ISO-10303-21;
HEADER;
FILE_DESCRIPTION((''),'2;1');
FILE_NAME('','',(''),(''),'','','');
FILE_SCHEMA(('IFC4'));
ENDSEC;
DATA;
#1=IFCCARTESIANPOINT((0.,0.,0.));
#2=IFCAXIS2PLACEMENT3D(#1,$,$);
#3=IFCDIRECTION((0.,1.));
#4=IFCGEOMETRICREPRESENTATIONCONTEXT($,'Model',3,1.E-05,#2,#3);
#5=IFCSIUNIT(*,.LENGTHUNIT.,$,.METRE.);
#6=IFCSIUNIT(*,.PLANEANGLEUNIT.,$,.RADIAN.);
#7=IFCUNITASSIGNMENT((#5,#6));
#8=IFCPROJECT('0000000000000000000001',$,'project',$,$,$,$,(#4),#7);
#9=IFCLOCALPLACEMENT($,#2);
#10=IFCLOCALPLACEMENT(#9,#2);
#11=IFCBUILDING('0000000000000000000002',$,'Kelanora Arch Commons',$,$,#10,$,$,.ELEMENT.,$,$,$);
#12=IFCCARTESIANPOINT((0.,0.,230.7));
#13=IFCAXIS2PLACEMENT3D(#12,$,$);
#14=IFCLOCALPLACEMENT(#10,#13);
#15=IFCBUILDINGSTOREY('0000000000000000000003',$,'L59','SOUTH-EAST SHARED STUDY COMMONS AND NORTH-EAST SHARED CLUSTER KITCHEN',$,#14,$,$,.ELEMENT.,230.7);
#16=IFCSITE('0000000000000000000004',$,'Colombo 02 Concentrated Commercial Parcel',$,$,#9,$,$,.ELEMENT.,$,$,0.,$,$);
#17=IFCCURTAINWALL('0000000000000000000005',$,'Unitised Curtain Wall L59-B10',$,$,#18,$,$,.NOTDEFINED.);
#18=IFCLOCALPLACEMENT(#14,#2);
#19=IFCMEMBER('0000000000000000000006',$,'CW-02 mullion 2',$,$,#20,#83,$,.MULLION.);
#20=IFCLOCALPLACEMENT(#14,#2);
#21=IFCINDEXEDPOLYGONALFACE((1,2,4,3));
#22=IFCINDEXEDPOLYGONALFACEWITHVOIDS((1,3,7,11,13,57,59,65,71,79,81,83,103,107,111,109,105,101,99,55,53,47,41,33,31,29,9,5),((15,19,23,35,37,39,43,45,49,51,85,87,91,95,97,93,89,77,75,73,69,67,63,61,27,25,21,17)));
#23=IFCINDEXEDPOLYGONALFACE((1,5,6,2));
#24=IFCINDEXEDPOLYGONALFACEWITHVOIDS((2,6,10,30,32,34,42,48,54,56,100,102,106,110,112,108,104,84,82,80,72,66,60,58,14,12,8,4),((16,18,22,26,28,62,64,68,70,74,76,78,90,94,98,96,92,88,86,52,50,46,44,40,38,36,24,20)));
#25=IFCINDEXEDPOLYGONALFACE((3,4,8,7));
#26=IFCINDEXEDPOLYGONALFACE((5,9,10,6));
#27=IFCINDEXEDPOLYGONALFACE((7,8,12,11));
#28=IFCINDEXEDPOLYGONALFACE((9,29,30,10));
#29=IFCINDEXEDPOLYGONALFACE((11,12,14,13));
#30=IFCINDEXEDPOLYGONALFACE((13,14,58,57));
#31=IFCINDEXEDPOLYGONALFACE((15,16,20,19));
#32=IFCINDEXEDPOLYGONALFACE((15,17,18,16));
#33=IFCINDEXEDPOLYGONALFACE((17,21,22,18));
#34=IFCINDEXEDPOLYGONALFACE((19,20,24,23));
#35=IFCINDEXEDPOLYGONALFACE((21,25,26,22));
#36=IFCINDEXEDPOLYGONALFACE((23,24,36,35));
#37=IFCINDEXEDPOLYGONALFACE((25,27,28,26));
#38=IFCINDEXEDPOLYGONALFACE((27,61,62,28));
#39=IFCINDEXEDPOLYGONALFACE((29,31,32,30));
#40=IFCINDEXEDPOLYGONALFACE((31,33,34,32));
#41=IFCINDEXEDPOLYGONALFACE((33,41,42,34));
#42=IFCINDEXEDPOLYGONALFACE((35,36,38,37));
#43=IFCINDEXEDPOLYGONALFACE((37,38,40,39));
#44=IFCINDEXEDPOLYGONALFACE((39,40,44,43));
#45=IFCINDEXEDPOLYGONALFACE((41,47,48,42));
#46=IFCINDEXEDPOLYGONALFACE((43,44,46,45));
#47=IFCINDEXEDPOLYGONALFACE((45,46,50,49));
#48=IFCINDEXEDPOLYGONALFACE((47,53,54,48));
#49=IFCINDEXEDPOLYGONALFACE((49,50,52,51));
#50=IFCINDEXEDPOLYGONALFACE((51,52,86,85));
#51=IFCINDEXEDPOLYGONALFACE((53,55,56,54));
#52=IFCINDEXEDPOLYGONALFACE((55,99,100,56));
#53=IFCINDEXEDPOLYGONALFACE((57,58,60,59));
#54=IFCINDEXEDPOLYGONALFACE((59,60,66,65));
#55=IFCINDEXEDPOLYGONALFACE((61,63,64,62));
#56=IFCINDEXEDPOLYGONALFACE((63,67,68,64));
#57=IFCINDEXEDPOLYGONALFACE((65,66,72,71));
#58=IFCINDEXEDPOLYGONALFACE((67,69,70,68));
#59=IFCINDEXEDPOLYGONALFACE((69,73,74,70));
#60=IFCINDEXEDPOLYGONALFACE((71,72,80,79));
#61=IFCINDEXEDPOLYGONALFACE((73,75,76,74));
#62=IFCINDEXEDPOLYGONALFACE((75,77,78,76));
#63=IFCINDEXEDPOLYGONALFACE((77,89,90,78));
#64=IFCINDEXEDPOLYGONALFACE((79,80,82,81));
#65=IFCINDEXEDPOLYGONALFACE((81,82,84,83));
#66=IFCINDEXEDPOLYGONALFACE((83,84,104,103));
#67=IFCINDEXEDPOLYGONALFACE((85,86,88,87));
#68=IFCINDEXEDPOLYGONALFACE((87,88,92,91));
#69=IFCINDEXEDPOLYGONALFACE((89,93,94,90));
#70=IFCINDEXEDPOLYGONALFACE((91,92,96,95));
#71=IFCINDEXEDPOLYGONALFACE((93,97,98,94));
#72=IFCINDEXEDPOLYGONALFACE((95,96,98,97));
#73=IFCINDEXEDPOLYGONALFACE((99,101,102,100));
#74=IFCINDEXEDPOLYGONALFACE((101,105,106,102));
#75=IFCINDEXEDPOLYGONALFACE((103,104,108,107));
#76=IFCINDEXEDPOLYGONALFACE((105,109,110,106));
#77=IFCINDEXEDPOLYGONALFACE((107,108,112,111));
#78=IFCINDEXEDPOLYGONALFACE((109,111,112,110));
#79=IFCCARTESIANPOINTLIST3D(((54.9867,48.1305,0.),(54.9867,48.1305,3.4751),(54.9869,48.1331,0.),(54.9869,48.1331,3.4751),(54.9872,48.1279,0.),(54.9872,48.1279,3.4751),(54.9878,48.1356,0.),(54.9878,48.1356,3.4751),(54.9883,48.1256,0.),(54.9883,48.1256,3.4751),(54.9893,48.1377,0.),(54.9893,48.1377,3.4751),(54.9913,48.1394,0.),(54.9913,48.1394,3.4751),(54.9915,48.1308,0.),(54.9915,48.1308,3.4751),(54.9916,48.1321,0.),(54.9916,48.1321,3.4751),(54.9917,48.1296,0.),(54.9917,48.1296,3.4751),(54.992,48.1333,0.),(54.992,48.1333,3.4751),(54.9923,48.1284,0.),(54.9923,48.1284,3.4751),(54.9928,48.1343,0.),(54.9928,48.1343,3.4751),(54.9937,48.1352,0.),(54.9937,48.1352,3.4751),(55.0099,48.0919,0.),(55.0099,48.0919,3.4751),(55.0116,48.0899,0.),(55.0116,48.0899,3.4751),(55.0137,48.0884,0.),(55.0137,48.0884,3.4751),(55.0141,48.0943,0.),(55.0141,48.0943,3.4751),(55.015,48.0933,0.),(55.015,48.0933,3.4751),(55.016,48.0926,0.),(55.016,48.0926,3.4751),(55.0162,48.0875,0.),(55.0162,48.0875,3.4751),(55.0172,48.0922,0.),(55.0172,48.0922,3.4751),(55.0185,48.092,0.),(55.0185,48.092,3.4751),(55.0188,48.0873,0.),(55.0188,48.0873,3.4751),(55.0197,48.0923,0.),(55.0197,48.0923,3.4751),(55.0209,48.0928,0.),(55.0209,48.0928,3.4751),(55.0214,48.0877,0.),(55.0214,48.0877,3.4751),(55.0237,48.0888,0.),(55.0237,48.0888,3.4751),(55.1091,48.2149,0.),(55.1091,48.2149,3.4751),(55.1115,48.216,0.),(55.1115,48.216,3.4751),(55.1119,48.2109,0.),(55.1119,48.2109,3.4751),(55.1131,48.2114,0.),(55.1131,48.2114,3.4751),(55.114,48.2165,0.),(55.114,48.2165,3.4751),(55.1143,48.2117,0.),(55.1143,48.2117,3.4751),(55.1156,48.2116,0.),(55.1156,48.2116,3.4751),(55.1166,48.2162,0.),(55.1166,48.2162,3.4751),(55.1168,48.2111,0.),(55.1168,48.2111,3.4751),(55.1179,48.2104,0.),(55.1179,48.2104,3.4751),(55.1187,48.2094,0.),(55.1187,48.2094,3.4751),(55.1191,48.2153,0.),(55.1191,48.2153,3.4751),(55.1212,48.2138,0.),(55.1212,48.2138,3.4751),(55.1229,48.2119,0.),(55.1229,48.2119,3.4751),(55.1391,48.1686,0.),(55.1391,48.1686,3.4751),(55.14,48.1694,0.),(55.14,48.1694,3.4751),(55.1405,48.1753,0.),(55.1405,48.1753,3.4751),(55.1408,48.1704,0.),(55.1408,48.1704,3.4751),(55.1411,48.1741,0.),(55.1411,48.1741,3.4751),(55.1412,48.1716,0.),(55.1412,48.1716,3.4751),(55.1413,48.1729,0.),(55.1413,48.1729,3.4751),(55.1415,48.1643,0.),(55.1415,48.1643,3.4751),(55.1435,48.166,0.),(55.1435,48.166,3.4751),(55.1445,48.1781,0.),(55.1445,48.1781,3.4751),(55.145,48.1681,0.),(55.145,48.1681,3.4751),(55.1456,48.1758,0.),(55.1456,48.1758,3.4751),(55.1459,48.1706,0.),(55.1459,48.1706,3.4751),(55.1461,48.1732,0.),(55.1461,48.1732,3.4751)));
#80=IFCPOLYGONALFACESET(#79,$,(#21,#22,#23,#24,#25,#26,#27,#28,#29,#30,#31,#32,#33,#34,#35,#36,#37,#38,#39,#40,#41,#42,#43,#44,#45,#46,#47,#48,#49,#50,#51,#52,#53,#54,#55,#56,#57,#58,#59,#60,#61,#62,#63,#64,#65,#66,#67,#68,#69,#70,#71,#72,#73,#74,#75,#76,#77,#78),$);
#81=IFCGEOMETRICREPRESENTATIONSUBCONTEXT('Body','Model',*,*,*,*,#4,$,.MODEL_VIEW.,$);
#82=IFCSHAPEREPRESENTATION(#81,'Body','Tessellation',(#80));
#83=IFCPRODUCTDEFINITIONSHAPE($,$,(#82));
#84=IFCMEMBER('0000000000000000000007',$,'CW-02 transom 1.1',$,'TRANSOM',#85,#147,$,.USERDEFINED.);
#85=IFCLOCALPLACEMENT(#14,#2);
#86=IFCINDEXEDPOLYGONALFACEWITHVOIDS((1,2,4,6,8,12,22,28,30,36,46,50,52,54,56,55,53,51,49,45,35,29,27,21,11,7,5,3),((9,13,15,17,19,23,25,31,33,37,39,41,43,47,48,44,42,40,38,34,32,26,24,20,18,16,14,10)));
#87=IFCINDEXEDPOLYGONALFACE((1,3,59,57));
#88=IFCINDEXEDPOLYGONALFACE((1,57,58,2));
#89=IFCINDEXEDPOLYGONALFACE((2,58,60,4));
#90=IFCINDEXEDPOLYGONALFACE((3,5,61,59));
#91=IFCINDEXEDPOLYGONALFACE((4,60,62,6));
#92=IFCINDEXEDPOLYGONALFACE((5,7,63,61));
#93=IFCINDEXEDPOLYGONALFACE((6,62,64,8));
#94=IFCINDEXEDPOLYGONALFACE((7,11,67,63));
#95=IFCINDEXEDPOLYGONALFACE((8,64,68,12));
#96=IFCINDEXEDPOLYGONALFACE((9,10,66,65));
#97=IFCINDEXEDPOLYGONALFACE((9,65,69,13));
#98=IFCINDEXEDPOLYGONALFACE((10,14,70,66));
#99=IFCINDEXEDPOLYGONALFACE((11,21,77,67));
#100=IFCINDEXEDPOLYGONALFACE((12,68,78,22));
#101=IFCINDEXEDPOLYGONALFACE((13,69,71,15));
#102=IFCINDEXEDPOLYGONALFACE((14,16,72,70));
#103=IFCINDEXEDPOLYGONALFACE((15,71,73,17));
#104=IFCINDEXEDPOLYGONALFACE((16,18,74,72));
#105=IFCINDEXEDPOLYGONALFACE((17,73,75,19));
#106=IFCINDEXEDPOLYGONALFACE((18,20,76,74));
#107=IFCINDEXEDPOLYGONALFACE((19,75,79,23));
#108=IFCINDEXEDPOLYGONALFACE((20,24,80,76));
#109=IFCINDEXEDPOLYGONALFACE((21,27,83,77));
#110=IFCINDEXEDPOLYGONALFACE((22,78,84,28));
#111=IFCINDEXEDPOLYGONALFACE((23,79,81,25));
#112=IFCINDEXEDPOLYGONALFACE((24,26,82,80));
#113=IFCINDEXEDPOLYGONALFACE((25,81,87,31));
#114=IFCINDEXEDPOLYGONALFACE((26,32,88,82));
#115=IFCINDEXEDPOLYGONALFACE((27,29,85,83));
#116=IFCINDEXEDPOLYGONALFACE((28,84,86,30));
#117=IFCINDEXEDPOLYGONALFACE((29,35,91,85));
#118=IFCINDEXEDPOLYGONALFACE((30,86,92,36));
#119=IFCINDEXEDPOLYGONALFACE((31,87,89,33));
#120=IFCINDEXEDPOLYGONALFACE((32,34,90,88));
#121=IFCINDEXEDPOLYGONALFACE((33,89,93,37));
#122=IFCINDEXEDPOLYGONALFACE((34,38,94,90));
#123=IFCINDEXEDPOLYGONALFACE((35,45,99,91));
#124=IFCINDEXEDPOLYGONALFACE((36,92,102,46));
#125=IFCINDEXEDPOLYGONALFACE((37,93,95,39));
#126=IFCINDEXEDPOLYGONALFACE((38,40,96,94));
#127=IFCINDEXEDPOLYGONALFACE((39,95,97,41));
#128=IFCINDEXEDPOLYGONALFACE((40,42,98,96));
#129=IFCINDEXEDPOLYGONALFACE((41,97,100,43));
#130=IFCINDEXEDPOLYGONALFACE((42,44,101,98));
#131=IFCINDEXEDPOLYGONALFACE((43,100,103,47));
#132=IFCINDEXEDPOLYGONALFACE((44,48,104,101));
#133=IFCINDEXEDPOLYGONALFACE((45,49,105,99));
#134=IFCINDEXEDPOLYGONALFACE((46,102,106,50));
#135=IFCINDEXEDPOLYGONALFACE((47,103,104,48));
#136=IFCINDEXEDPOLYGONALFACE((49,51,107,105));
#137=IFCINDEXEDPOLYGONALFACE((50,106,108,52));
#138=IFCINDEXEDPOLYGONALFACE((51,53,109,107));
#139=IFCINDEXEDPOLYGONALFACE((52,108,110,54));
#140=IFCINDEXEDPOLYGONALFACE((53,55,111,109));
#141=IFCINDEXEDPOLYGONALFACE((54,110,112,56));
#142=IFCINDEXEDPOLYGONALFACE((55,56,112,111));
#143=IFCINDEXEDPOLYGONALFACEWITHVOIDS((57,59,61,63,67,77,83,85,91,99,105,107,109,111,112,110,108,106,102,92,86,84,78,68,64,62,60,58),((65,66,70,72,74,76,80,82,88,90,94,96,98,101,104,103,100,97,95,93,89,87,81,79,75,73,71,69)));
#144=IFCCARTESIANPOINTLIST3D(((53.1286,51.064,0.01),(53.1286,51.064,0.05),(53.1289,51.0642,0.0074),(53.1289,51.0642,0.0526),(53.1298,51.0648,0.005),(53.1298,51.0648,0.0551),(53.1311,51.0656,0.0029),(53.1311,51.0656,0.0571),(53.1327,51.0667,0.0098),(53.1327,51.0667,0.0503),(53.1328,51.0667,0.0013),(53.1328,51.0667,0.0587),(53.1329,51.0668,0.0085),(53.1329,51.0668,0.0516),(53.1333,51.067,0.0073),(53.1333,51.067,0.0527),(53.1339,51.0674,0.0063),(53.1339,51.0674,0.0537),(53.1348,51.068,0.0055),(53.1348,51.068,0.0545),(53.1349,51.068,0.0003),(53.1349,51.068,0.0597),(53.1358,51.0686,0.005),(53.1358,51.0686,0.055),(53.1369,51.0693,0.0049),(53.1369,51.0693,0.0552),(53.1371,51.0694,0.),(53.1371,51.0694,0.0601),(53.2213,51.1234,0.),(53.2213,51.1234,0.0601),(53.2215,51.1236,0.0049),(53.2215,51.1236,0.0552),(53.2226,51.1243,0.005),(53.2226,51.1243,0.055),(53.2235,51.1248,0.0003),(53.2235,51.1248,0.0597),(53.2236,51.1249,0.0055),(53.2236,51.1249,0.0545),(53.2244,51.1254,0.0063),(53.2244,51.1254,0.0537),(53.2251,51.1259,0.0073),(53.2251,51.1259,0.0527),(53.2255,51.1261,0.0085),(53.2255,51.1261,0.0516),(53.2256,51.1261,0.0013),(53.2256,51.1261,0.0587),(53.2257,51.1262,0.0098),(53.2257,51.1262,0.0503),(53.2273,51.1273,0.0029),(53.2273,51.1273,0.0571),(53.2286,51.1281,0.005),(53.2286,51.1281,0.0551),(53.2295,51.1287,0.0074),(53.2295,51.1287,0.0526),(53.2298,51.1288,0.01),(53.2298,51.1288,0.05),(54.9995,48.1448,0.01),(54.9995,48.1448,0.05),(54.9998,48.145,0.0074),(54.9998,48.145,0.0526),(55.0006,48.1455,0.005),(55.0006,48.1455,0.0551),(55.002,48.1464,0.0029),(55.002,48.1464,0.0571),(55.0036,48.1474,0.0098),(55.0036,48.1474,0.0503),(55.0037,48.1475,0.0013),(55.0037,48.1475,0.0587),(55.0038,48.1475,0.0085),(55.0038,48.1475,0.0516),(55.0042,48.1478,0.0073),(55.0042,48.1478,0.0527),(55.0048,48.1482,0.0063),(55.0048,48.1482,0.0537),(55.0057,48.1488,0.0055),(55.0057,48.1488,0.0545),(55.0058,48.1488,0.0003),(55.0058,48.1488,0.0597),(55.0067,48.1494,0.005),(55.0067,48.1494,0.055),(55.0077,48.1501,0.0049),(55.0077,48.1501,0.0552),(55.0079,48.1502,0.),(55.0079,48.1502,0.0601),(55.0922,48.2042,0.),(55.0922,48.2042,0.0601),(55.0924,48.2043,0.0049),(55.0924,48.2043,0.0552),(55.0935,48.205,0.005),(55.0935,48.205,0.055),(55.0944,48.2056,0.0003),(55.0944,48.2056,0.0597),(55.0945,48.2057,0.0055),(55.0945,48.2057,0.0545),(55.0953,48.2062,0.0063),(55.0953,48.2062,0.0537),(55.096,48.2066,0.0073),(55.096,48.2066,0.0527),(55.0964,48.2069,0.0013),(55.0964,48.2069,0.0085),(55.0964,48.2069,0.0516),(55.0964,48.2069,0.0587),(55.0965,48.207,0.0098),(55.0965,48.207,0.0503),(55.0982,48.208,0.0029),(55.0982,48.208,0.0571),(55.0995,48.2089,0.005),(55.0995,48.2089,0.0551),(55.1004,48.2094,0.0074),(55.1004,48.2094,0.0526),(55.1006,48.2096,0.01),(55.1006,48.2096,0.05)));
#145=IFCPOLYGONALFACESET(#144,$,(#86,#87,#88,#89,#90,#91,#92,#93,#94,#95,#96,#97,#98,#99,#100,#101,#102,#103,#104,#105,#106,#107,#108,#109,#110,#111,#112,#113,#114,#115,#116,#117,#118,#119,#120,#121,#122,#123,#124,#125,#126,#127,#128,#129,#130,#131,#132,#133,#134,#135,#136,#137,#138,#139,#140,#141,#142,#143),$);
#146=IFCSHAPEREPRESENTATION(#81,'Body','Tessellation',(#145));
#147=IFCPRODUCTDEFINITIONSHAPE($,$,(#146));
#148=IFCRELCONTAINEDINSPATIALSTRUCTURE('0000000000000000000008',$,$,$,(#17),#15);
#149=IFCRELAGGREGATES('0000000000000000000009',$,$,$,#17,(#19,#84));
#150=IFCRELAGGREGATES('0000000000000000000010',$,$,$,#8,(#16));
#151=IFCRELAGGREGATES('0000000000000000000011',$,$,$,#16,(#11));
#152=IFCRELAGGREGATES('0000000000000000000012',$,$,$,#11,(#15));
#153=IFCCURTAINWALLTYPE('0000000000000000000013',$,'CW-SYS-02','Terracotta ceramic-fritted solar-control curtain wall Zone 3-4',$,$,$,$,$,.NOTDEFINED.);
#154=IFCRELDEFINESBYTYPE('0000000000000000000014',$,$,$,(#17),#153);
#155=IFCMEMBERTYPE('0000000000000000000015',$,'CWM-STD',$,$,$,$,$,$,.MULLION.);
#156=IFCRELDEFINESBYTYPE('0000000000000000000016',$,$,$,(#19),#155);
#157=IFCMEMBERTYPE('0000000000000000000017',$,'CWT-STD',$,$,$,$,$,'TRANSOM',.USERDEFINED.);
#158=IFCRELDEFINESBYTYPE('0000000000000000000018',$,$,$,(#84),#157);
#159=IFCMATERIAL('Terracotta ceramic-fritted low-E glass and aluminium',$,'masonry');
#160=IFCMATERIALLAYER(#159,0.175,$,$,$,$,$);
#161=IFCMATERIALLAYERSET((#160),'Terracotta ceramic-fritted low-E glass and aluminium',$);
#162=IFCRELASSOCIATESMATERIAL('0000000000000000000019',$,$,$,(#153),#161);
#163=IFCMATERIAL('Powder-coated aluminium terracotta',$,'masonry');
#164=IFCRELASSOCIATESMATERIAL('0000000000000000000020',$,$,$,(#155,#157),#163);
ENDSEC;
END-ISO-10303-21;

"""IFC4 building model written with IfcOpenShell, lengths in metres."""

from ifc_helpers import new_model, si_unit, direction, frame, origin, origin_2d, place, context, subcontext, project, spatial, hollow_rectangle, extrude, material, layer, layer_set, material_profile, profile_set, type_object, element, aggregate, save


model = new_model("IFC4")

# Units and contexts
model_context = context("Model", 3, precision=1e-05, world=origin(), true_north=direction((0.0, 1.0)))
body_context = subcontext(model_context, "Body", "Model", "MODEL_VIEW")
ifc_project = project(units=[si_unit("LENGTHUNIT", "METRE"), si_unit("PLANEANGLEUNIT", "RADIAN")], contexts=[model_context])

# Site, building, storey
site_placement = place(None, origin())
site = spatial("IfcSite", under=ifc_project, at=site_placement, Name="Colombo 02 Concentrated Commercial Parcel", CompositionType="ELEMENT", RefElevation=0.0)
building_placement = place(site_placement, origin())
building = spatial("IfcBuilding", under=site, at=building_placement, Name="Kelanora Arch Commons", CompositionType="ELEMENT")
storey_placement = place(building_placement, frame((0.0, 0.0, 230.7)))
storey = spatial("IfcBuildingStorey", under=building, at=storey_placement, Name="L59", Description="SOUTH-EAST SHARED STUDY COMMONS AND NORTH-EAST SHARED CLUSTER KITCHEN", CompositionType="ELEMENT", Elevation=230.7)

# Shared definitions
ifc_material_1 = material(Name="Terracotta ceramic-fritted low-E glass and aluminium", Category="masonry")
ifc_layer_1 = layer(ifc_material_1, 0.175)
ifc_layer_set_1 = layer_set([ifc_layer_1], Name="Terracotta ceramic-fritted low-E glass and aluminium")
curtain_wall_type = type_object("IfcCurtainWallType", Name="CW-SYS-02", Description="Terracotta ceramic-fritted solar-control curtain wall Zone 3-4", PredefinedType="NOTDEFINED", material=ifc_layer_set_1)
ifc_material_2 = material(Name="Powder-coated aluminium terracotta", Category="masonry")
ifc_material_profile_1 = material_profile(ifc_material_2, hollow_rectangle(XDim=0.1599, YDim=0.0601, WallThickness=0.0049, InnerFilletRadius=0.0049, OuterFilletRadius=0.01, at=origin_2d()), Name="CWM160x60")
ifc_profile_set_1 = profile_set([ifc_material_profile_1], Name="Powder-coated aluminium terracotta")
member_type_1 = type_object("IfcMemberType", Name="CWM-STD", PredefinedType="MULLION", material=ifc_profile_set_1)

# Curtain wall, members
curtain_wall_1_placement = place(storey_placement, origin())
curtain_wall_1 = element("IfcCurtainWall", 1, at=curtain_wall_1_placement, inside=storey, type_object=curtain_wall_type, Name="Unitised Curtain Wall L59-B10", PredefinedType="NOTDEFINED")
member_1_placement = place(storey_placement, frame((55.0664, 48.1519, 0.0), z_axis=(0.0, 0.0, 1.0), x_axis=(0.841948, 0.539559, 0.0)))
member_1 = element("IfcMember", 2, at=member_1_placement, type_object=member_type_1, Name="CW-02 mullion 2", PredefinedType="MULLION", context=body_context, shape_type="SweptSolid", body=[
    extrude(hollow_rectangle(XDim=0.1599, YDim=0.0601, WallThickness=0.0049, InnerFilletRadius=0.0049, OuterFilletRadius=0.01, at=origin_2d()), origin(), (0.0, 0.0, 1.0), 3.4751),
])
ifc_material_profile_2 = material_profile(ifc_material_2, hollow_rectangle(XDim=0.1201, YDim=0.0601, WallThickness=0.0049, InnerFilletRadius=0.0049, OuterFilletRadius=0.01, at=origin_2d()), Name="CWT120x60")
ifc_profile_set_2 = profile_set([ifc_material_profile_2], Name="Powder-coated aluminium terracotta")
member_type_2 = type_object("IfcMemberType", Name="CWT-STD", ElementType="TRANSOM", PredefinedType="USERDEFINED", material=ifc_profile_set_2)
member_2_placement = place(storey_placement, frame((53.1792, 51.0964, 0.03), z_axis=(0.539579, -0.841935, 0.0), x_axis=(0.841935, 0.539579, 0.0)))
member_2 = element("IfcMember", 3, at=member_2_placement, type_object=member_type_2, Name="CW-02 transom 1.1", ObjectType="TRANSOM", PredefinedType="USERDEFINED", context=body_context, shape_type="SweptSolid", body=[
    extrude(hollow_rectangle(XDim=0.1201, YDim=0.0601, WallThickness=0.0049, InnerFilletRadius=0.0049, OuterFilletRadius=0.01, at=origin_2d()), origin(), (0.0, 0.0, 1.0), 3.4673),
])

aggregate(curtain_wall_1, [member_1, member_2])

save(model, "model.ifc")
